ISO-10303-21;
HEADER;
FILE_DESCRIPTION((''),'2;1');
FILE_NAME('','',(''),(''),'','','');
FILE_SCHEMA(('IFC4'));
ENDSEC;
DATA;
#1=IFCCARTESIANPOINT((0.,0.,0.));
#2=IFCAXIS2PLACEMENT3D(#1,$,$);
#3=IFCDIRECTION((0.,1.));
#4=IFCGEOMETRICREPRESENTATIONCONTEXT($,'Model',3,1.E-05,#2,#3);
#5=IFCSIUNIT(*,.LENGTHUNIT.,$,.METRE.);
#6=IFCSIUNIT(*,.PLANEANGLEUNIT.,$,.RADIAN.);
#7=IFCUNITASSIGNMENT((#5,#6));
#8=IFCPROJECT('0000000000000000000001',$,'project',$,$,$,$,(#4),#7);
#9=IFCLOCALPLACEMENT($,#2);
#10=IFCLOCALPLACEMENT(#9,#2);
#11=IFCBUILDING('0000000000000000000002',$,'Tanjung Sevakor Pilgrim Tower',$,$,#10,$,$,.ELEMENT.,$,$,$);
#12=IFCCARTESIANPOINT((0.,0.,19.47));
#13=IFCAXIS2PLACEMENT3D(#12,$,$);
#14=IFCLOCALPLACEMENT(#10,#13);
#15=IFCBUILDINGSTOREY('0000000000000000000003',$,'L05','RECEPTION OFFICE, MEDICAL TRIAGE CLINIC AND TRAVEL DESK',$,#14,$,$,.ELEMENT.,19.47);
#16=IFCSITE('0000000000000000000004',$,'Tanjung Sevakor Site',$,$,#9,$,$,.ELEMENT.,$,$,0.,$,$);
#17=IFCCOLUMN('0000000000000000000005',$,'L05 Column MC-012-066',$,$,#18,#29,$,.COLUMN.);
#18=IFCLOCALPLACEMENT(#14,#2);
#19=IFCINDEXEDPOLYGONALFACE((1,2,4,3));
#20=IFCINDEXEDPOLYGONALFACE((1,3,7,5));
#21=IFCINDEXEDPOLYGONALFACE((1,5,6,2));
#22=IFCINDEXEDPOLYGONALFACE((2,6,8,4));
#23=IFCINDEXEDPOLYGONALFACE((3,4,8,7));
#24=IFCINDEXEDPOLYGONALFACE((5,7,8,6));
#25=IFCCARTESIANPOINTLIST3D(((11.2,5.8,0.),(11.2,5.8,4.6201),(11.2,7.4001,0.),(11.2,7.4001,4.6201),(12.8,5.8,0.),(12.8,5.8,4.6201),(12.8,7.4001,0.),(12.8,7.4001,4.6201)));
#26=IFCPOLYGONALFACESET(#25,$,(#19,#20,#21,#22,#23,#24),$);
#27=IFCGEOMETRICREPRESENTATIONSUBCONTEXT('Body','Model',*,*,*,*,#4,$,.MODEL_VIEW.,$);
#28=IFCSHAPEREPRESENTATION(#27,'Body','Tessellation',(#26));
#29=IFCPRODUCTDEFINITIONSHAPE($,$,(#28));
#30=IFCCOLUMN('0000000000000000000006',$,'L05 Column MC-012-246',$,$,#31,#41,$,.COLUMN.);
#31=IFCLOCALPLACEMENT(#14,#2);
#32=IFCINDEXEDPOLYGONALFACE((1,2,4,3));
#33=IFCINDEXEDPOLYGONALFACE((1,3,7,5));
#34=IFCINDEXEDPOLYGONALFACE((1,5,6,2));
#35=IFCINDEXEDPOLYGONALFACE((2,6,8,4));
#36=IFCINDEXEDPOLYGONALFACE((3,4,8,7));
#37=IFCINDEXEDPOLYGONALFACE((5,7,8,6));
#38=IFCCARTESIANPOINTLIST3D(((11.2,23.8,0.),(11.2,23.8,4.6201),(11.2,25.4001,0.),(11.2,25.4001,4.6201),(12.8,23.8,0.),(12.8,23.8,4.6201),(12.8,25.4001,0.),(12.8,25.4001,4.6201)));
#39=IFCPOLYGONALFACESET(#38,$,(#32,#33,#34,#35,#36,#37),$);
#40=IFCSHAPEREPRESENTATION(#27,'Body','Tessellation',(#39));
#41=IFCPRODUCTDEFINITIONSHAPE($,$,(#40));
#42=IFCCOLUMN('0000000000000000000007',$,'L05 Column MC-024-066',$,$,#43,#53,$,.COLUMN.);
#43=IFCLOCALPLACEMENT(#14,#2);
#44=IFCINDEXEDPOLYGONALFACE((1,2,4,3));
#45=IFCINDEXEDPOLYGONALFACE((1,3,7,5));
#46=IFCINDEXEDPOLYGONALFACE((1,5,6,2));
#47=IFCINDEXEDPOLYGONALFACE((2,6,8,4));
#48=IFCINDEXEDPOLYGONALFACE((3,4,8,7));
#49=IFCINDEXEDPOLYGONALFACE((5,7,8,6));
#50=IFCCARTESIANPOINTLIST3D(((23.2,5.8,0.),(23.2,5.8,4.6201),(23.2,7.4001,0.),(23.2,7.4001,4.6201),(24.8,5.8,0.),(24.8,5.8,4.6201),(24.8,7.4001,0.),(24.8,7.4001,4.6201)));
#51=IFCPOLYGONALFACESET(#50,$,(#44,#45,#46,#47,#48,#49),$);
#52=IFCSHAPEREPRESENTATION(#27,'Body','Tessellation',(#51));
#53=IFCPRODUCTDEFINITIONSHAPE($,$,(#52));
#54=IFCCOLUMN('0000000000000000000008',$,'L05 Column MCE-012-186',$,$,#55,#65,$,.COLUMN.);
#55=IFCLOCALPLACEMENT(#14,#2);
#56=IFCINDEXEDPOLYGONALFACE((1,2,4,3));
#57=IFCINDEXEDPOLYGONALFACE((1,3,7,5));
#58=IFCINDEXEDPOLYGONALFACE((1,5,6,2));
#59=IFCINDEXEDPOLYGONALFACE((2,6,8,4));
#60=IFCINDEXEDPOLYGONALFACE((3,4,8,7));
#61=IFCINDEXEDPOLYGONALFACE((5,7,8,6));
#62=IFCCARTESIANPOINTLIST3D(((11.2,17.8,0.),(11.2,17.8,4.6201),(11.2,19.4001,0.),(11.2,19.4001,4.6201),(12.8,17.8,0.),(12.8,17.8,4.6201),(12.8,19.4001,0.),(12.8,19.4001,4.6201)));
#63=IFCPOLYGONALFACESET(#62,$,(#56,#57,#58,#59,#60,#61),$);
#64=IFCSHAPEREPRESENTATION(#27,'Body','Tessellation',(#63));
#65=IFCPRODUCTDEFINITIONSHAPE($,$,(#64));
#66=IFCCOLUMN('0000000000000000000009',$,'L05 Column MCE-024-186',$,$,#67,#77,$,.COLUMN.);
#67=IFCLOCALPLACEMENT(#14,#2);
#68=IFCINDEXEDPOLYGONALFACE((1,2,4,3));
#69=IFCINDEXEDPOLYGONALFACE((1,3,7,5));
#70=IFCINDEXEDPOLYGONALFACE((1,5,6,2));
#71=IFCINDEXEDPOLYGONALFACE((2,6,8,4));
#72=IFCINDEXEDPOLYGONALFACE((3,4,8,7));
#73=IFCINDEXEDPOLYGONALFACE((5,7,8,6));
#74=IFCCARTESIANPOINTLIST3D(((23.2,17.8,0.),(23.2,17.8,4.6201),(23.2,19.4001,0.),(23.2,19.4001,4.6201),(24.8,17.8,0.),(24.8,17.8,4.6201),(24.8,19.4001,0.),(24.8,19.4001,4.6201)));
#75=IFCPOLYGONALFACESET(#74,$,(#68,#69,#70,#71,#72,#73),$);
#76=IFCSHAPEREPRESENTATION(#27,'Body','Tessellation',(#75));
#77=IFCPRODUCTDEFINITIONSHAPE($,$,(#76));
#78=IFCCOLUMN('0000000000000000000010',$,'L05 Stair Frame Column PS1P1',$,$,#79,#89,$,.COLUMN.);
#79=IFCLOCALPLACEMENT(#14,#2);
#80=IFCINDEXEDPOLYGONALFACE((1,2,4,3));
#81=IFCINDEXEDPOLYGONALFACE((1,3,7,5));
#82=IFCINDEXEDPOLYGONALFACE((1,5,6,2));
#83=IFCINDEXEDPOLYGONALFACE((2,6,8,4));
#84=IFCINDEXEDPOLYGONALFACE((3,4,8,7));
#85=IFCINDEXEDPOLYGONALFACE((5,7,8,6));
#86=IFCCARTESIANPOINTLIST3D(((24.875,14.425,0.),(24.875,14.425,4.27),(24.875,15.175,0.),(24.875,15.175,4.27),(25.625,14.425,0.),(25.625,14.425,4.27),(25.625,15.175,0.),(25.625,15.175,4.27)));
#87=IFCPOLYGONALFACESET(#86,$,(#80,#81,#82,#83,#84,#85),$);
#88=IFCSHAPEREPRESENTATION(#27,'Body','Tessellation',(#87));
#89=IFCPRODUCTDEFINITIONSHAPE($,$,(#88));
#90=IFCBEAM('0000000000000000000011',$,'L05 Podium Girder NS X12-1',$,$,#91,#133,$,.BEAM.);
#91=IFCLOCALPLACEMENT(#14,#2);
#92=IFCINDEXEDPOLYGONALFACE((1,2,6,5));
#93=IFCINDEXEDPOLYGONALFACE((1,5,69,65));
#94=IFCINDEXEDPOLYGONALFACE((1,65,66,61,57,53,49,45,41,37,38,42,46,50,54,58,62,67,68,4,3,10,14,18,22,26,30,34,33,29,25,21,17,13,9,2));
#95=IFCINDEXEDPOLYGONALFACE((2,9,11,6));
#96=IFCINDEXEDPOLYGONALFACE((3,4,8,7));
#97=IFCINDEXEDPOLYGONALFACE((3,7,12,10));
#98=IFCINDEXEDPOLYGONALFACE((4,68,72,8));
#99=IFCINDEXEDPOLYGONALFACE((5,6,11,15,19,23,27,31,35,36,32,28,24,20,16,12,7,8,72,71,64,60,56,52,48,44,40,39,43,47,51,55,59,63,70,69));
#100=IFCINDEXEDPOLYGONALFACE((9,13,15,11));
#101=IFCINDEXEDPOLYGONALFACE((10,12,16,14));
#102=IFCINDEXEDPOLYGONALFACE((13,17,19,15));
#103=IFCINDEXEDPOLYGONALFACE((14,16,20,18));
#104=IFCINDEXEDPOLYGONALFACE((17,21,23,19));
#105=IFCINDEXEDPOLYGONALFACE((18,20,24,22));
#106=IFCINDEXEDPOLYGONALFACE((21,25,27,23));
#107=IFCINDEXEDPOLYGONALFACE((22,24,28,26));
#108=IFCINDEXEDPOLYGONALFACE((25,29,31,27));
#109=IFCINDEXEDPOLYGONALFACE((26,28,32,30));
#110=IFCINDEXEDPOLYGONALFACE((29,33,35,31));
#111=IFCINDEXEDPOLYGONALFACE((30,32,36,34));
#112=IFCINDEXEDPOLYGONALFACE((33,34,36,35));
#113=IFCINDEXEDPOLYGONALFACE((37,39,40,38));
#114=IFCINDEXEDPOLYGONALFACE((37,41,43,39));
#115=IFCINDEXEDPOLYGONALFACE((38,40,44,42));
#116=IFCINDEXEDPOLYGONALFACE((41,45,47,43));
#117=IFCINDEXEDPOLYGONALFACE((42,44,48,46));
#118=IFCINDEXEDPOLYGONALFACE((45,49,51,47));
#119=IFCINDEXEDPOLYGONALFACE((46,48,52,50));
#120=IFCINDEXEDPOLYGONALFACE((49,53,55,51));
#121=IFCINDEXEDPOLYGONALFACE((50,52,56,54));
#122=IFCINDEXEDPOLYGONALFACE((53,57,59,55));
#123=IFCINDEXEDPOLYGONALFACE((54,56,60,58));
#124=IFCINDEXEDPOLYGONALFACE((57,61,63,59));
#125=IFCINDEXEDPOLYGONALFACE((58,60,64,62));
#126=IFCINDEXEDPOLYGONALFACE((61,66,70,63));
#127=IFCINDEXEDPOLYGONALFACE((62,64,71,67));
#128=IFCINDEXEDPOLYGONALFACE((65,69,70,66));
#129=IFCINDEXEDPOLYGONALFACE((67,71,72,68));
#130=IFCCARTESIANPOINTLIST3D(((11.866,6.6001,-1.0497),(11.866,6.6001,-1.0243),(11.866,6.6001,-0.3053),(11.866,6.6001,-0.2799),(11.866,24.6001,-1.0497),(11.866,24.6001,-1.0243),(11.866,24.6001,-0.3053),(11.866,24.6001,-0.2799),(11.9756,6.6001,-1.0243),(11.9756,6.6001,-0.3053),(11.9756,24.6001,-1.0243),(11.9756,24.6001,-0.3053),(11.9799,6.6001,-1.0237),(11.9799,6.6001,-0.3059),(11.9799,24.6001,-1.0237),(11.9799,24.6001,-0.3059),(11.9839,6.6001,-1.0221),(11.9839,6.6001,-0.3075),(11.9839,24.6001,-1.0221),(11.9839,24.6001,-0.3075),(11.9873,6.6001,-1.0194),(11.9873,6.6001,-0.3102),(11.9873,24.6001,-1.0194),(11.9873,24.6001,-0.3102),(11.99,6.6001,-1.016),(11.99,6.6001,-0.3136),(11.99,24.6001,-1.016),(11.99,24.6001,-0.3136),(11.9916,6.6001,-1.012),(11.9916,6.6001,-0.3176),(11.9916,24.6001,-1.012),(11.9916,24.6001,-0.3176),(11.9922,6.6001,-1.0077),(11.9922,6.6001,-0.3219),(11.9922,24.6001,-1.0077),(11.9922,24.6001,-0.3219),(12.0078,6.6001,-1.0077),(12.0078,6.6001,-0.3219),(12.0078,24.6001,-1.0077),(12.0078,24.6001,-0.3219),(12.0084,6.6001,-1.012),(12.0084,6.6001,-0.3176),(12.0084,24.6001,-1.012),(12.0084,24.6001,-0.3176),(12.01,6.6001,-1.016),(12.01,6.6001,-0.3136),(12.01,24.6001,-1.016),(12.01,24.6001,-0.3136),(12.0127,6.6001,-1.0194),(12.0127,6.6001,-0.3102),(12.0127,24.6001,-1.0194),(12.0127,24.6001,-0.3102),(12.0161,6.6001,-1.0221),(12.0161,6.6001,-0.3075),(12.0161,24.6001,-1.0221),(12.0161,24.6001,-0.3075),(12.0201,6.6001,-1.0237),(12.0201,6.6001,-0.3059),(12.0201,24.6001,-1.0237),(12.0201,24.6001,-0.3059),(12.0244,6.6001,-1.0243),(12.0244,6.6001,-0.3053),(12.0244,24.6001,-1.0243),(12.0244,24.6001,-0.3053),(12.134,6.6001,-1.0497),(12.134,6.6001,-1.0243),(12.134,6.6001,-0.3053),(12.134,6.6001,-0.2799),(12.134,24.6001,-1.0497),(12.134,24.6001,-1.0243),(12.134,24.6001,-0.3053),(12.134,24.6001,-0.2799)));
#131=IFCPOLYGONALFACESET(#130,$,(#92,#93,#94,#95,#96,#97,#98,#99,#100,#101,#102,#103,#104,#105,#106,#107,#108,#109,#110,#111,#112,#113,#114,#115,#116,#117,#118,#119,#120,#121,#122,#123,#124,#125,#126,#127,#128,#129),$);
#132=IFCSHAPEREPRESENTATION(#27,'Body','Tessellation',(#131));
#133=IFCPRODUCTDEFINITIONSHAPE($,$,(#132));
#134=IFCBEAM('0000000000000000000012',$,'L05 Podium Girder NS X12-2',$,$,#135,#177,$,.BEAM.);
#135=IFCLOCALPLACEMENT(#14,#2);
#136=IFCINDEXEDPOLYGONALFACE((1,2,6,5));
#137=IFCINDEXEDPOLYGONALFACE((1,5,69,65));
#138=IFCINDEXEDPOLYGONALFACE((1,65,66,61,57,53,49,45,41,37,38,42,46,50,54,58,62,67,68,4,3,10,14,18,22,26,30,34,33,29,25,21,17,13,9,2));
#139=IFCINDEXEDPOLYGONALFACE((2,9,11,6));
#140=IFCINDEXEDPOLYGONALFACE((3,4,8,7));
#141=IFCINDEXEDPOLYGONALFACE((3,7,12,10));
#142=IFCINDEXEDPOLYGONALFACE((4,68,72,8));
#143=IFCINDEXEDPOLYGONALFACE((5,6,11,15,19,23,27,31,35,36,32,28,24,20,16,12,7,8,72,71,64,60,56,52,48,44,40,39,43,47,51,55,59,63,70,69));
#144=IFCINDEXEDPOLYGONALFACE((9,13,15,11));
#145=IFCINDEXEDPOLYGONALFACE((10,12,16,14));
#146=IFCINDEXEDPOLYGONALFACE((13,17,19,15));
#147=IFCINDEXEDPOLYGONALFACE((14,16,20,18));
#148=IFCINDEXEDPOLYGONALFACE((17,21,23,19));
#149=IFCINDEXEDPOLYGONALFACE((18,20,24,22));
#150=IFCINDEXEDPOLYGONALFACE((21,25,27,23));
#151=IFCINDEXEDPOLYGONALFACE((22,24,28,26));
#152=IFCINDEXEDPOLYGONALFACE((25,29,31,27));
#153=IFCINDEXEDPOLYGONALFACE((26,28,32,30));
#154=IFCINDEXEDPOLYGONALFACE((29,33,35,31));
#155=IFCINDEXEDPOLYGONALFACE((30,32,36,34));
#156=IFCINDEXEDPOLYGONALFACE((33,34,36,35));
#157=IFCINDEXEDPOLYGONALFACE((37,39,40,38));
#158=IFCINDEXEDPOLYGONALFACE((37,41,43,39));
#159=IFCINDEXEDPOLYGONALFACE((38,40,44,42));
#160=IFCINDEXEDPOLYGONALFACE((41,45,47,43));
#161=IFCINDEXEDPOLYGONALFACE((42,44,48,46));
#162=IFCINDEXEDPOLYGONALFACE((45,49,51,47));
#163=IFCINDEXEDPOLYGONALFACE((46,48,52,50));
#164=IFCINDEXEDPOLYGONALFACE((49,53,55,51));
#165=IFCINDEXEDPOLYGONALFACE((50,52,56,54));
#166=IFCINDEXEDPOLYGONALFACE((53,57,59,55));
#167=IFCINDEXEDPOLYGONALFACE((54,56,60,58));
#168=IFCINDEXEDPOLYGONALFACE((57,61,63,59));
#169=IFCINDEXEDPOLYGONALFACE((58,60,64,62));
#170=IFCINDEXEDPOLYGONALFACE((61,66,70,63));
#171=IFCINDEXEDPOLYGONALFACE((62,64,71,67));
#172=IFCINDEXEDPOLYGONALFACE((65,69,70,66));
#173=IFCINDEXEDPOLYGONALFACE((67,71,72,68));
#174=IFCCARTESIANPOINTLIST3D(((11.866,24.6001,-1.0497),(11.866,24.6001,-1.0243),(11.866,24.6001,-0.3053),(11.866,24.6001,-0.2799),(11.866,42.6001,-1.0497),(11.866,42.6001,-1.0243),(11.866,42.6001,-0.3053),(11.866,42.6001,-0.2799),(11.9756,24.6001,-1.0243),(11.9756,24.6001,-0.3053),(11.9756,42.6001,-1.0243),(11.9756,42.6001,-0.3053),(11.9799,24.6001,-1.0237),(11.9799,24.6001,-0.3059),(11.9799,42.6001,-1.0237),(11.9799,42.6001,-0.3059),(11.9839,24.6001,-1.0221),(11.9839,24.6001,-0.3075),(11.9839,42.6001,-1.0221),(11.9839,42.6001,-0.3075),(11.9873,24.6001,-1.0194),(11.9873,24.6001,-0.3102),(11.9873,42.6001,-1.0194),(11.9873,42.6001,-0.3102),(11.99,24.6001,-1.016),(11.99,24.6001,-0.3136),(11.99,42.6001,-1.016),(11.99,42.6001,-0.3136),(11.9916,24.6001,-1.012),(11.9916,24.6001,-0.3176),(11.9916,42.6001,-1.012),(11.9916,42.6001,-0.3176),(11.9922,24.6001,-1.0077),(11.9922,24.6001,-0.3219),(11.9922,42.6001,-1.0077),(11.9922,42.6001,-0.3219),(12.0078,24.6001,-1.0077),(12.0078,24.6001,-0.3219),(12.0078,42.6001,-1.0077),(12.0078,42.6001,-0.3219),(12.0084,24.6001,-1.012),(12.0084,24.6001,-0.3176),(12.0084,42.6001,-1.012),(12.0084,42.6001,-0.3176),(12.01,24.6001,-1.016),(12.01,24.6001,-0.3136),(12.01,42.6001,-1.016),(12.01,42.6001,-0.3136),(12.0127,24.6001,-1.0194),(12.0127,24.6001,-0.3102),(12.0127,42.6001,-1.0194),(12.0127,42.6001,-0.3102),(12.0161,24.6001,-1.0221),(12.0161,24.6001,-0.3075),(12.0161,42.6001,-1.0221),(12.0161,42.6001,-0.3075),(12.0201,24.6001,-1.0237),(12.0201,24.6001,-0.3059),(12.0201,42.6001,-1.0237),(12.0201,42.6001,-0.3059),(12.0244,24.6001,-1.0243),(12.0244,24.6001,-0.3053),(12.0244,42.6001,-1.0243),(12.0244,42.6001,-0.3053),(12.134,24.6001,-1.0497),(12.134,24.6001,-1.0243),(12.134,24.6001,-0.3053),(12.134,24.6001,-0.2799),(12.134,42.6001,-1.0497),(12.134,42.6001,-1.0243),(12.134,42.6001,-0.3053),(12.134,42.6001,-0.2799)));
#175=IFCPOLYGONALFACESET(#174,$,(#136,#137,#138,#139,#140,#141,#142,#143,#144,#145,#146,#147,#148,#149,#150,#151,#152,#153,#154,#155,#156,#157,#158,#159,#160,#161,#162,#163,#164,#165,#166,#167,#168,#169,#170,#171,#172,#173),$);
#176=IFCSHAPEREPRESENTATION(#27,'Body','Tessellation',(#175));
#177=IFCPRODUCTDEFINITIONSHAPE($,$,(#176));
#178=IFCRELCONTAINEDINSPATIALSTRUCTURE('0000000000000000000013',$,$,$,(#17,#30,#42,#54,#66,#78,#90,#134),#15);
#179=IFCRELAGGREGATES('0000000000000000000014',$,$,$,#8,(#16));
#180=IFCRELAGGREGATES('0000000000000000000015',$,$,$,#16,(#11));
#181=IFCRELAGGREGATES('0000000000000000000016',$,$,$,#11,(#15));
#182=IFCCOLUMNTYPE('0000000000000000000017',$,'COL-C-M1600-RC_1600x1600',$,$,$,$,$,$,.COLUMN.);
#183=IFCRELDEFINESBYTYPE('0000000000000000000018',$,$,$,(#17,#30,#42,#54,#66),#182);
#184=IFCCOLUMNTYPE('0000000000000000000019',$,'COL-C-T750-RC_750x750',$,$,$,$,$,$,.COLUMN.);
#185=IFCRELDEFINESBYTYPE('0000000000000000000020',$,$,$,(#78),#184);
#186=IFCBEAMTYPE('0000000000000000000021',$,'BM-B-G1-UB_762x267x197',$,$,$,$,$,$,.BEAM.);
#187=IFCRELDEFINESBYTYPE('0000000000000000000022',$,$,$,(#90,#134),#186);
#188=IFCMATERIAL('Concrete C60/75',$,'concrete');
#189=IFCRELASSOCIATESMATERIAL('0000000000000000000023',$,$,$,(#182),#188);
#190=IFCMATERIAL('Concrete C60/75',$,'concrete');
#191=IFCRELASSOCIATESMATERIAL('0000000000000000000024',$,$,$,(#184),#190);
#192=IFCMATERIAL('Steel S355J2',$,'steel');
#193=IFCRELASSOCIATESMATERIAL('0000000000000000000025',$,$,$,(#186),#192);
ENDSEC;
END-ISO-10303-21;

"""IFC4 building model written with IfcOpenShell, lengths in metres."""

from ifc_helpers import new_model, si_unit, direction, frame, origin, origin_2d, place, context, subcontext, project, spatial, rectangle, i_section, extrude, material, material_profile, profile_set, type_object, element, save


model = new_model("IFC4")

# Units and contexts
model_context = context("Model", 3, precision=1e-05, world=origin(), true_north=direction((0.0, 1.0)))
body_context = subcontext(model_context, "Body", "Model", "MODEL_VIEW")
ifc_project = project(units=[si_unit("LENGTHUNIT", "METRE"), si_unit("PLANEANGLEUNIT", "RADIAN")], contexts=[model_context])

# Site, building, storey
site_placement = place(None, origin())
site = spatial("IfcSite", under=ifc_project, at=site_placement, Name="Tanjung Sevakor Site", CompositionType="ELEMENT", RefElevation=0.0)
building_placement = place(site_placement, origin())
building = spatial("IfcBuilding", under=site, at=building_placement, Name="Tanjung Sevakor Pilgrim Tower", CompositionType="ELEMENT")
storey_placement = place(building_placement, frame((0.0, 0.0, 19.47)))
storey = spatial("IfcBuildingStorey", under=building, at=storey_placement, Name="L05", Description="RECEPTION OFFICE, MEDICAL TRIAGE CLINIC AND TRAVEL DESK", CompositionType="ELEMENT", Elevation=19.47)

# Columns
ifc_material_1 = material(Name="Concrete C60/75", Category="concrete")
ifc_material_profile_1 = material_profile(ifc_material_1, rectangle(XDim=1.6001, YDim=1.6001, at=origin_2d()))
ifc_profile_set_1 = profile_set([ifc_material_profile_1], Name="Concrete C60/75")
column_type_1 = type_object("IfcColumnType", Name="COL-C-M1600-RC_1600x1600", PredefinedType="COLUMN", material=ifc_profile_set_1)
for number, where, z_axis, x_axis, name in (
    (1, (12.0, 6.6001, 0.0), (0.0, 0.0, 1.0), (1.0, 0.0, 0.0), "L05 Column MC-012-066"),
    (2, (12.0, 24.6001, 0.0), (0.0, 0.0, 1.0), (1.0, 0.0, 0.0), "L05 Column MC-012-246"),
    (3, (24.0, 6.6001, 0.0), (0.0, 0.0, 1.0), (1.0, 0.0, 0.0), "L05 Column MC-024-066"),
    (4, (12.0, 18.6001, 0.0), (0.0, 0.0, 1.0), (1.0, 0.0, 0.0), "L05 Column MCE-012-186"),
    (5, (24.0, 18.6001, 0.0), (0.0, 0.0, 1.0), (1.0, 0.0, 0.0), "L05 Column MCE-024-186"),
):
    element("IfcColumn", number, at=place(storey_placement, frame(where, z_axis=z_axis, x_axis=x_axis)), inside=storey, type_object=column_type_1, Name=name, PredefinedType="COLUMN", context=body_context, shape_type="SweptSolid", body=[
        extrude(rectangle(XDim=1.6001, YDim=1.6001, at=origin_2d()), origin(), (0.0, 0.0, 1.0), 4.6201),
    ])
ifc_material_2 = material(Name="Concrete C60/75", Category="concrete")
ifc_material_profile_2 = material_profile(ifc_material_2, rectangle(XDim=0.75, YDim=0.75, at=origin_2d()))
ifc_profile_set_2 = profile_set([ifc_material_profile_2], Name="Concrete C60/75")
column_type_2 = type_object("IfcColumnType", Name="COL-C-T750-RC_750x750", PredefinedType="COLUMN", material=ifc_profile_set_2)
column_placement = place(storey_placement, frame((25.25, 14.8, 0.0), z_axis=(0.0, 0.0, 1.0), x_axis=(1.0, 0.0, 0.0)))
element("IfcColumn", 6, at=column_placement, inside=storey, type_object=column_type_2, Name="L05 Stair Frame Column PS1P1", PredefinedType="COLUMN", context=body_context, shape_type="SweptSolid", body=[
    extrude(rectangle(XDim=0.75, YDim=0.75, at=origin_2d()), origin(), (0.0, 0.0, 1.0), 4.27),
])

# Beams
ifc_material_3 = material(Name="Steel S355J2", Category="steel")
ifc_material_profile_3 = material_profile(ifc_material_3, i_section(OverallWidth=0.2681, OverallDepth=0.7698, WebThickness=0.0156, FlangeThickness=0.0254, FilletRadius=0.0166, at=origin_2d()))
ifc_profile_set_3 = profile_set([ifc_material_profile_3], Name="Steel S355J2")
beam_type_1 = type_object("IfcBeamType", Name="BM-B-G1-UB_762x267x197", PredefinedType="BEAM", material=ifc_profile_set_3)
for number, where, z_axis, x_axis, name in (
    (7, (12.0, 6.6001, -0.6648), (0.0, 1.0, 0.0), (-1.0, 0.0, 0.0), "L05 Podium Girder NS X12-1"),
    (8, (12.0, 24.6001, -0.6648), (0.0, 1.0, 0.0), (-1.0, 0.0, 0.0), "L05 Podium Girder NS X12-2"),
):
    element("IfcBeam", number, at=place(storey_placement, frame(where, z_axis=z_axis, x_axis=x_axis)), inside=storey, type_object=beam_type_1, Name=name, PredefinedType="BEAM", context=body_context, shape_type="SweptSolid", body=[
        extrude(i_section(OverallWidth=0.2681, OverallDepth=0.7698, WebThickness=0.0156, FlangeThickness=0.0254, FilletRadius=0.0166, at=origin_2d()), origin(), (0.0, 0.0, 1.0), 18.0),
    ])

save(model, "model.ifc")
